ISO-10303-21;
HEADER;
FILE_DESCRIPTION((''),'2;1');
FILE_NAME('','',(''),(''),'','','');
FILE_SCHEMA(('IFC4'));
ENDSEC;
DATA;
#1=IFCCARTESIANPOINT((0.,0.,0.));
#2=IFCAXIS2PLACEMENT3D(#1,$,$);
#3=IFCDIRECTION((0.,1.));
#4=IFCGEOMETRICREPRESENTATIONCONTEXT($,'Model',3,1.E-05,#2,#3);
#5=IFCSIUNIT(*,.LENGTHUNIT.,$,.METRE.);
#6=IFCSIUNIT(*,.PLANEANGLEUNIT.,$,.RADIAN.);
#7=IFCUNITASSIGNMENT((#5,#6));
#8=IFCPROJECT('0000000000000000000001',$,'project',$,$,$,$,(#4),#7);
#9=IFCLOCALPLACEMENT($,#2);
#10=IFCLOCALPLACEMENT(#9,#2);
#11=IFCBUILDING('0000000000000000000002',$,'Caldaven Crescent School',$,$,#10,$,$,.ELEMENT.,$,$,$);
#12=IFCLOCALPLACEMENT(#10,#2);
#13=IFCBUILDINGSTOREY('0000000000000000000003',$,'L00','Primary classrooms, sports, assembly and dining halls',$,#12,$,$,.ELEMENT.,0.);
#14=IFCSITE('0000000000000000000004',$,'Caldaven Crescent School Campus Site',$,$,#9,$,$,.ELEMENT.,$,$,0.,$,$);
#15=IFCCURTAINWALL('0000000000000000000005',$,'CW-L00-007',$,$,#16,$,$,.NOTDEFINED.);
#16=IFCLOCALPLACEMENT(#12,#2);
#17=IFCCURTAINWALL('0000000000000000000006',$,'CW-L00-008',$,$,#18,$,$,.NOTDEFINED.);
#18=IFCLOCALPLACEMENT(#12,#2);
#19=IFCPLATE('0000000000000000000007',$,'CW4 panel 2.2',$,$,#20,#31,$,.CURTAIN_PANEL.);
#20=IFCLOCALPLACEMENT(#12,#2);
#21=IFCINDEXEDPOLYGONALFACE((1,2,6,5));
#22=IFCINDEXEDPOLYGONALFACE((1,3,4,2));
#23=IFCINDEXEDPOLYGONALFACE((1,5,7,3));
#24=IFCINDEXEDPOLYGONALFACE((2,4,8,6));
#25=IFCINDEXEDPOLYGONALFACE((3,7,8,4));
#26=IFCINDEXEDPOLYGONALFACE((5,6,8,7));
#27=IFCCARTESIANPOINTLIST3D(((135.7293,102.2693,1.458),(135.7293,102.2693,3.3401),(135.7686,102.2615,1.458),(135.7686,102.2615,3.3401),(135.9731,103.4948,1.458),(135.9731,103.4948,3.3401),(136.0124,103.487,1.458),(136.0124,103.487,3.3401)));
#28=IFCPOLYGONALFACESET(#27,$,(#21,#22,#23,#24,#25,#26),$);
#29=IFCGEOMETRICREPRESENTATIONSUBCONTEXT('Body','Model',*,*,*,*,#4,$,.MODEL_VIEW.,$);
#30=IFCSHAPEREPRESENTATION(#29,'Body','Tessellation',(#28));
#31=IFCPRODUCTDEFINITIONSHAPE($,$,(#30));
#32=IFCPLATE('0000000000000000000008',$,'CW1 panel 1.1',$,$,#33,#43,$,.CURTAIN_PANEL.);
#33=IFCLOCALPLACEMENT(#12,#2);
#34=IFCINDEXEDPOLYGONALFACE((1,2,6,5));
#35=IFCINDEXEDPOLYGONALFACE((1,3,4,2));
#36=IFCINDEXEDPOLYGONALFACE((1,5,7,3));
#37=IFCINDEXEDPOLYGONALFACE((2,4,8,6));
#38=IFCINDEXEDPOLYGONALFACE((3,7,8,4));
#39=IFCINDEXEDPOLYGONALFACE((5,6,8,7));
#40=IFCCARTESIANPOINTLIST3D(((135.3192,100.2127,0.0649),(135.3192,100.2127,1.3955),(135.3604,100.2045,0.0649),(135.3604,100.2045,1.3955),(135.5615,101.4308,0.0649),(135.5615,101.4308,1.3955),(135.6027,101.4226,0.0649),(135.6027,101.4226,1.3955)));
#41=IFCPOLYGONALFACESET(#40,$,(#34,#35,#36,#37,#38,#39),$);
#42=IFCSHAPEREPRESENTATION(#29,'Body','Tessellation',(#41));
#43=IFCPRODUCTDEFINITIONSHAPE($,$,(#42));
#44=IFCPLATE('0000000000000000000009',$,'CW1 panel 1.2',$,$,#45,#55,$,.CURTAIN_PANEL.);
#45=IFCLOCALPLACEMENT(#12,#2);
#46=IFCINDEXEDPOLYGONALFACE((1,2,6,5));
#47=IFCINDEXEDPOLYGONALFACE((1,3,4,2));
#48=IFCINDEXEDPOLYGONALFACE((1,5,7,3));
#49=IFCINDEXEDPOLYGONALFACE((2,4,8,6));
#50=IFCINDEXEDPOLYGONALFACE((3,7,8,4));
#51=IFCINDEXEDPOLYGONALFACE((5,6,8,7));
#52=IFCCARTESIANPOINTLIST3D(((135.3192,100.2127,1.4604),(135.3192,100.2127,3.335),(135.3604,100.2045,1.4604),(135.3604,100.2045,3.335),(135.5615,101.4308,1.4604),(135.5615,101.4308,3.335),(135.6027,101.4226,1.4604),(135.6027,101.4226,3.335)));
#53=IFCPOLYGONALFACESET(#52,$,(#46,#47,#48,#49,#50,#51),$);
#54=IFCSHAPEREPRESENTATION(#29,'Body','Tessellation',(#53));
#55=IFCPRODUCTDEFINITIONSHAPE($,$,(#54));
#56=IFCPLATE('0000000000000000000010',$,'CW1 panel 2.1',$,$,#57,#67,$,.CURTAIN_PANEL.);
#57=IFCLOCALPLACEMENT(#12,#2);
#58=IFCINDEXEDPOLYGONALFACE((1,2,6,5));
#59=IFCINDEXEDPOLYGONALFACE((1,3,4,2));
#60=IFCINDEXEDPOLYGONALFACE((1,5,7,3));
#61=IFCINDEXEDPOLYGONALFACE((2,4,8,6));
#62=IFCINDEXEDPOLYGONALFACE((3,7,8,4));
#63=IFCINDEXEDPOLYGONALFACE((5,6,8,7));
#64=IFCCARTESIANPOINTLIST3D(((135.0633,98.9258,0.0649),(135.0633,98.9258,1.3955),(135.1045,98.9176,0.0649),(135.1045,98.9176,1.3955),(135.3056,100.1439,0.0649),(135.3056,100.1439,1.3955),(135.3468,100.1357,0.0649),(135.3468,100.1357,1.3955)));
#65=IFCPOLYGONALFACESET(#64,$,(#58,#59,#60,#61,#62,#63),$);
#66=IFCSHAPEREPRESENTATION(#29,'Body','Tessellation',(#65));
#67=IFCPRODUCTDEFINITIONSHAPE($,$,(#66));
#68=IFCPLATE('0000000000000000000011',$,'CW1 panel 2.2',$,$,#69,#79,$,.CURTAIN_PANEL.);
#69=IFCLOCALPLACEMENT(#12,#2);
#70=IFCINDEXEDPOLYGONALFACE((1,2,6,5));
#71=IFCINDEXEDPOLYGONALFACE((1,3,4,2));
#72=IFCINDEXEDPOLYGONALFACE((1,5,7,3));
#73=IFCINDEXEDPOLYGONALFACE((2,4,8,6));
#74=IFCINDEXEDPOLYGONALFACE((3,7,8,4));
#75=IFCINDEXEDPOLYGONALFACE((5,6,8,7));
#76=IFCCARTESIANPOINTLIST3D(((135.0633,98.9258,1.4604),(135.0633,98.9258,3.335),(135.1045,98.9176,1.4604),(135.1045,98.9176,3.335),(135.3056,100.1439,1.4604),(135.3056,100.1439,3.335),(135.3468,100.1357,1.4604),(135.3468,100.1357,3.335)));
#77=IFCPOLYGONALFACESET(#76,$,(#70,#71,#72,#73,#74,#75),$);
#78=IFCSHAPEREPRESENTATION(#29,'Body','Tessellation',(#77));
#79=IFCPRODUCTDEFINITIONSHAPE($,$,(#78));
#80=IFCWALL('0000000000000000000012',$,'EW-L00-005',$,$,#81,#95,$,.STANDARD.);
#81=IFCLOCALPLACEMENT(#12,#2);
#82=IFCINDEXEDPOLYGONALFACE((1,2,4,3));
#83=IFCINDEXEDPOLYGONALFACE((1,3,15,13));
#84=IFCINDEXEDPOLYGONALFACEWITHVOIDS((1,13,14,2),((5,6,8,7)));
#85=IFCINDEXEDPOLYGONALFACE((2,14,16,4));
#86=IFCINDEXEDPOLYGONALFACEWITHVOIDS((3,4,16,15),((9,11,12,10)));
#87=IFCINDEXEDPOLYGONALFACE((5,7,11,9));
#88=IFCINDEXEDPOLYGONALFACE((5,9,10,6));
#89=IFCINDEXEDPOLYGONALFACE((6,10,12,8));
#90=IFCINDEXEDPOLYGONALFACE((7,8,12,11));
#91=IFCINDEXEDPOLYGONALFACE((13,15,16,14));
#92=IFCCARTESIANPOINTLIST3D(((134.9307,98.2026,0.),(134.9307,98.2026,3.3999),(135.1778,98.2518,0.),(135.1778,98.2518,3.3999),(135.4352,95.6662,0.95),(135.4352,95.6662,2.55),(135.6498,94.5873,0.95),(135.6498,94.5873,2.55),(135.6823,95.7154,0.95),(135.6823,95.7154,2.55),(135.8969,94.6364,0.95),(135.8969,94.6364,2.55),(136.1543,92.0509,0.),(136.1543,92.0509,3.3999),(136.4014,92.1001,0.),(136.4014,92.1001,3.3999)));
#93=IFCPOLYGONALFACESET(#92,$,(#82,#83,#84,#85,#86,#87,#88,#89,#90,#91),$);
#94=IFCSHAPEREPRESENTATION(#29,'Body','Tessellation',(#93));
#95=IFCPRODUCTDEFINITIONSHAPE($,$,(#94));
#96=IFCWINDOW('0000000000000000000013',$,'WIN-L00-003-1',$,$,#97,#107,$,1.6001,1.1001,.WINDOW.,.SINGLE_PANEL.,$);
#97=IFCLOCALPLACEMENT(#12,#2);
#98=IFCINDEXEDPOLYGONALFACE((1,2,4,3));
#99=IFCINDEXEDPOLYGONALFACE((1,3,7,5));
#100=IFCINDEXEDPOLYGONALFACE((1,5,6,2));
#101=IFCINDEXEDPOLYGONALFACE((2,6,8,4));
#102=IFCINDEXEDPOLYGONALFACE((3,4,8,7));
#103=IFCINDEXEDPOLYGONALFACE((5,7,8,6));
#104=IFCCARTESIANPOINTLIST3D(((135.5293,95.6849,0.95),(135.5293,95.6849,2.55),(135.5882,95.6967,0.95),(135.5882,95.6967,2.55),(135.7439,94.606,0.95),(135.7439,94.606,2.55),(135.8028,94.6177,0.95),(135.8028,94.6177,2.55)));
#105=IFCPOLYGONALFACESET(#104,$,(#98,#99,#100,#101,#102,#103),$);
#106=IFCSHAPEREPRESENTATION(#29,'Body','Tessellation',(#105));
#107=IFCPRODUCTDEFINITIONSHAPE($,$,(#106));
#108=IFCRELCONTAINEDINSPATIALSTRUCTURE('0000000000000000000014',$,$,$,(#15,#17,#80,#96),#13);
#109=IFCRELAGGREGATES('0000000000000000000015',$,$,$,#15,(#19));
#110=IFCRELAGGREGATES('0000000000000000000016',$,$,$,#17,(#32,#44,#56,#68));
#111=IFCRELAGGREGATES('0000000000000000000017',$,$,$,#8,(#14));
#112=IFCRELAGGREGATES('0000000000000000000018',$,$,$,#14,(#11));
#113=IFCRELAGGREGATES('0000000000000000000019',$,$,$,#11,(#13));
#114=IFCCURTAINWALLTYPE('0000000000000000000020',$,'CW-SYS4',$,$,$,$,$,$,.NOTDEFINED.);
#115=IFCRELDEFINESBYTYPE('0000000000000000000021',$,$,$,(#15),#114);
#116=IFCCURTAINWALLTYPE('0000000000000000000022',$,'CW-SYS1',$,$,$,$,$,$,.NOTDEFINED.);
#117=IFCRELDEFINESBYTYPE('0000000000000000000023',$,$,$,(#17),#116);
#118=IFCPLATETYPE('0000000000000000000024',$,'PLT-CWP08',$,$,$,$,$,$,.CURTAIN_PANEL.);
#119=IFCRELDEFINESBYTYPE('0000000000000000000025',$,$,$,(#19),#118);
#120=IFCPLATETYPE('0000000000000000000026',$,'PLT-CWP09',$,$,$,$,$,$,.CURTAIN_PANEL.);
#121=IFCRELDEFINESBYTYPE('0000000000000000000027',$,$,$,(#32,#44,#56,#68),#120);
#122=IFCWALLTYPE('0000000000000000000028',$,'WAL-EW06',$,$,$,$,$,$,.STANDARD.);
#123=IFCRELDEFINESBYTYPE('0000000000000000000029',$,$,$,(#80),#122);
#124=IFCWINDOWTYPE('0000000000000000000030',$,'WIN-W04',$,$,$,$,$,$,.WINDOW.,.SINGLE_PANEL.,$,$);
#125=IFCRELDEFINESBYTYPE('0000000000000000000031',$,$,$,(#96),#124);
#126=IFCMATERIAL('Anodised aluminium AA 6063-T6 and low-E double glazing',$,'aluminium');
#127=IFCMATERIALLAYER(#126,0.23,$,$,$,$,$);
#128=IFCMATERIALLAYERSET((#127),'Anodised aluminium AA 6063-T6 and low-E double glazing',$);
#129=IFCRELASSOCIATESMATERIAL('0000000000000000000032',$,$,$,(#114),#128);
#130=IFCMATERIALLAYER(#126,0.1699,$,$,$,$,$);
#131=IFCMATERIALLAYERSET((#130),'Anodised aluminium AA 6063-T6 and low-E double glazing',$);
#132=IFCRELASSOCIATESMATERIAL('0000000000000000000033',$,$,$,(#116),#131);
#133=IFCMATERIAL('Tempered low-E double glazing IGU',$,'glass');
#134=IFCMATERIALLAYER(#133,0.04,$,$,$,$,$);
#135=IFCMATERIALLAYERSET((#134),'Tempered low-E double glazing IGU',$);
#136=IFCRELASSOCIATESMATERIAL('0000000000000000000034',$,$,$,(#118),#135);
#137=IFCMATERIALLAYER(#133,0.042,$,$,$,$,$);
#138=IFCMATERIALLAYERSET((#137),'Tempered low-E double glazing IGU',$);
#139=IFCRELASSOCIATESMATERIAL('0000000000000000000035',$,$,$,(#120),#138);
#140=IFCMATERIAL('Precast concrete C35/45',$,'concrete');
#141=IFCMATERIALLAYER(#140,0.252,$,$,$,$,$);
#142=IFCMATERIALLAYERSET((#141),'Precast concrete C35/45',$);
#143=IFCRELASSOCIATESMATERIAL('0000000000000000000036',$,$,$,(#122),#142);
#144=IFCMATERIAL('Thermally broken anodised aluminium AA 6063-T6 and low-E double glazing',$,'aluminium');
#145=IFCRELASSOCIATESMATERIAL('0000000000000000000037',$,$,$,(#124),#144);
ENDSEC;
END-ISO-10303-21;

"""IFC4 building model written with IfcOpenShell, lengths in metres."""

from ifc_helpers import new_model, si_unit, direction, frame, frame_2d, origin, origin_2d, place, context, subcontext, project, spatial, rectangle, extrude, material, layer, layer_set, type_object, element, fill, aggregate, save


model = new_model("IFC4")

# Units and contexts
model_context = context("Model", 3, precision=1e-05, world=origin(), true_north=direction((0.0, 1.0)))
body_context = subcontext(model_context, "Body", "Model", "MODEL_VIEW")
ifc_project = project(units=[si_unit("LENGTHUNIT", "METRE"), si_unit("PLANEANGLEUNIT", "RADIAN")], contexts=[model_context])

# Site, building, storey
site_placement = place(None, origin())
site = spatial("IfcSite", under=ifc_project, at=site_placement, Name="Caldaven Crescent School Campus Site", CompositionType="ELEMENT", RefElevation=0.0)
building_placement = place(site_placement, origin())
building = spatial("IfcBuilding", under=site, at=building_placement, Name="Caldaven Crescent School", CompositionType="ELEMENT")
storey_placement = place(building_placement, origin())
storey = spatial("IfcBuildingStorey", under=building, at=storey_placement, Name="L00", Description="Primary classrooms, sports, assembly and dining halls", CompositionType="ELEMENT", Elevation=0.0)

# Shared definitions
ifc_material_1 = material(Name="Anodised aluminium AA 6063-T6 and low-E double glazing", Category="aluminium")

# Curtain walls
ifc_layer_1 = layer(ifc_material_1, 0.23)
ifc_layer_set_1 = layer_set([ifc_layer_1], Name="Anodised aluminium AA 6063-T6 and low-E double glazing")
curtain_wall_type_1 = type_object("IfcCurtainWallType", Name="CW-SYS4", PredefinedType="NOTDEFINED", material=ifc_layer_set_1)
curtain_wall_1_placement = place(storey_placement, origin())
curtain_wall_1 = element("IfcCurtainWall", 1, at=curtain_wall_1_placement, inside=storey, type_object=curtain_wall_type_1, Name="CW-L00-007", PredefinedType="NOTDEFINED")
ifc_layer_2 = layer(ifc_material_1, 0.1699)
ifc_layer_set_2 = layer_set([ifc_layer_2], Name="Anodised aluminium AA 6063-T6 and low-E double glazing")
curtain_wall_type_2 = type_object("IfcCurtainWallType", Name="CW-SYS1", PredefinedType="NOTDEFINED", material=ifc_layer_set_2)
curtain_wall_2_placement = place(storey_placement, origin())
curtain_wall_2 = element("IfcCurtainWall", 2, at=curtain_wall_2_placement, inside=storey, type_object=curtain_wall_type_2, Name="CW-L00-008", PredefinedType="NOTDEFINED")

# Plates
ifc_material_2 = material(Name="Tempered low-E double glazing IGU", Category="glass")
ifc_layer_3 = layer(ifc_material_2, 0.04)
ifc_layer_set_3 = layer_set([ifc_layer_3], Name="Tempered low-E double glazing IGU")
plate_type_1 = type_object("IfcPlateType", Name="PLT-CWP08", PredefinedType="CURTAIN_PANEL", material=ifc_layer_set_3)
plate_1_placement = place(storey_placement, frame((135.8708, 102.8782, 1.458), z_axis=(0.0, 0.0, 1.0), x_axis=(-0.19509, -0.980785, 0.0)))
plate_1 = element("IfcPlate", 3, at=plate_1_placement, type_object=plate_type_1, Name="CW4 panel 2.2", PredefinedType="CURTAIN_PANEL", context=body_context, shape_type="SweptSolid", body=[
    extrude(rectangle(XDim=1.2495, YDim=0.04, at=origin_2d()), origin(), (0.0, 0.0, 1.0), 1.8821),
])
aggregate(curtain_wall_1, [plate_1])
ifc_layer_4 = layer(ifc_material_2, 0.042)
ifc_layer_set_4 = layer_set([ifc_layer_4], Name="Tempered low-E double glazing IGU")
plate_type_2 = type_object("IfcPlateType", Name="PLT-CWP09", PredefinedType="CURTAIN_PANEL", material=ifc_layer_set_4)
plate_2_placement = place(storey_placement, frame((135.4609, 100.8176, 0.0649), z_axis=(0.0, 0.0, 1.0), x_axis=(-0.19509, -0.980785, 0.0)))
plate_2 = element("IfcPlate", 4, at=plate_2_placement, type_object=plate_type_2, Name="CW1 panel 1.1", PredefinedType="CURTAIN_PANEL", context=body_context, shape_type="SweptSolid", body=[
    extrude(rectangle(XDim=1.2419, YDim=0.042, at=origin_2d()), origin(), (0.0, 0.0, 1.0), 1.3306),
])
plate_3_placement = place(storey_placement, frame((135.4609, 100.8176, 1.4604), z_axis=(0.0, 0.0, 1.0), x_axis=(-0.19509, -0.980785, 0.0)))
plate_3 = element("IfcPlate", 5, at=plate_3_placement, type_object=plate_type_2, Name="CW1 panel 1.2", PredefinedType="CURTAIN_PANEL", context=body_context, shape_type="SweptSolid", body=[
    extrude(rectangle(XDim=1.2419, YDim=0.042, at=origin_2d()), origin(), (0.0, 0.0, 1.0), 1.8745),
])
plate_4_placement = place(storey_placement, frame((135.2051, 99.5308, 0.0649), z_axis=(0.0, 0.0, 1.0), x_axis=(-0.19509, -0.980785, 0.0)))
plate_4 = element("IfcPlate", 6, at=plate_4_placement, type_object=plate_type_2, Name="CW1 panel 2.1", PredefinedType="CURTAIN_PANEL", context=body_context, shape_type="SweptSolid", body=[
    extrude(rectangle(XDim=1.2419, YDim=0.042, at=origin_2d()), origin(), (0.0, 0.0, 1.0), 1.3306),
])
plate_5_placement = place(storey_placement, frame((135.2051, 99.5308, 1.4604), z_axis=(0.0, 0.0, 1.0), x_axis=(-0.19509, -0.980785, 0.0)))
plate_5 = element("IfcPlate", 7, at=plate_5_placement, type_object=plate_type_2, Name="CW1 panel 2.2", PredefinedType="CURTAIN_PANEL", context=body_context, shape_type="SweptSolid", body=[
    extrude(rectangle(XDim=1.2419, YDim=0.042, at=origin_2d()), origin(), (0.0, 0.0, 1.0), 1.8745),
])
aggregate(curtain_wall_2, [plate_2, plate_3, plate_4, plate_5])

# Wall, opening, window
ifc_material_3 = material(Name="Precast concrete C35/45", Category="concrete")
ifc_layer_5 = layer(ifc_material_3, 0.252)
ifc_layer_set_5 = layer_set([ifc_layer_5], Name="Precast concrete C35/45")
wall_type = type_object("IfcWallType", Name="WAL-EW06", PredefinedType="STANDARD", material=ifc_layer_set_5)
wall_placement = place(storey_placement, frame((135.0542, 98.2273, 0.0), z_axis=(0.0, 0.0, 1.0), x_axis=(0.195091, -0.980785, 0.0)))
wall = element("IfcWall", 8, at=wall_placement, inside=storey, type_object=wall_type, Name="EW-L00-005", PredefinedType="STANDARD", context=body_context, shape_type="SweptSolid", body=[
    extrude(rectangle(XDim=6.2722, YDim=0.252, at=frame_2d((3.1362, 0.0))), origin(), (0.0, 0.0, 1.0), 3.3999),
])
opening_placement = place(wall_placement, frame((2.5862, 0.0, 0.95)))
opening = element("IfcOpeningElement", 9, at=opening_placement, cuts=wall, PredefinedType="OPENING", context=body_context, shape_type="SweptSolid", body=[
    extrude(rectangle(XDim=1.1001, YDim=1.6001, at=frame_2d((0.55, 0.8))), frame((0.0, 0.136, 0.0), z_axis=(0.0, -1.0, 0.0), x_axis=(1.0, 0.0, 0.0)), (0.0, 0.0, 1.0), 0.272),
])
ifc_material_4 = material(Name="Thermally broken anodised aluminium AA 6063-T6 and low-E double glazing", Category="aluminium")
window_type = type_object("IfcWindowType", Name="WIN-W04", PartitioningType="SINGLE_PANEL", PredefinedType="WINDOW", material=ifc_material_4)
window_placement = place(opening_placement, origin())
window = element("IfcWindow", 10, at=window_placement, inside=storey, type_object=window_type, Name="WIN-L00-003-1", OverallHeight=1.6001, OverallWidth=1.1001, PartitioningType="SINGLE_PANEL", PredefinedType="WINDOW", context=body_context, shape_type="SweptSolid", body=[
    extrude(rectangle(XDim=1.1001, YDim=1.6001, at=frame_2d((0.55, 0.8))), frame((0.0, 0.03, 0.0), z_axis=(0.0, -1.0, 0.0), x_axis=(1.0, 0.0, 0.0)), (0.0, 0.0, 1.0), 0.0601),
])
fill(opening, window)

save(model, "model.ifc")
